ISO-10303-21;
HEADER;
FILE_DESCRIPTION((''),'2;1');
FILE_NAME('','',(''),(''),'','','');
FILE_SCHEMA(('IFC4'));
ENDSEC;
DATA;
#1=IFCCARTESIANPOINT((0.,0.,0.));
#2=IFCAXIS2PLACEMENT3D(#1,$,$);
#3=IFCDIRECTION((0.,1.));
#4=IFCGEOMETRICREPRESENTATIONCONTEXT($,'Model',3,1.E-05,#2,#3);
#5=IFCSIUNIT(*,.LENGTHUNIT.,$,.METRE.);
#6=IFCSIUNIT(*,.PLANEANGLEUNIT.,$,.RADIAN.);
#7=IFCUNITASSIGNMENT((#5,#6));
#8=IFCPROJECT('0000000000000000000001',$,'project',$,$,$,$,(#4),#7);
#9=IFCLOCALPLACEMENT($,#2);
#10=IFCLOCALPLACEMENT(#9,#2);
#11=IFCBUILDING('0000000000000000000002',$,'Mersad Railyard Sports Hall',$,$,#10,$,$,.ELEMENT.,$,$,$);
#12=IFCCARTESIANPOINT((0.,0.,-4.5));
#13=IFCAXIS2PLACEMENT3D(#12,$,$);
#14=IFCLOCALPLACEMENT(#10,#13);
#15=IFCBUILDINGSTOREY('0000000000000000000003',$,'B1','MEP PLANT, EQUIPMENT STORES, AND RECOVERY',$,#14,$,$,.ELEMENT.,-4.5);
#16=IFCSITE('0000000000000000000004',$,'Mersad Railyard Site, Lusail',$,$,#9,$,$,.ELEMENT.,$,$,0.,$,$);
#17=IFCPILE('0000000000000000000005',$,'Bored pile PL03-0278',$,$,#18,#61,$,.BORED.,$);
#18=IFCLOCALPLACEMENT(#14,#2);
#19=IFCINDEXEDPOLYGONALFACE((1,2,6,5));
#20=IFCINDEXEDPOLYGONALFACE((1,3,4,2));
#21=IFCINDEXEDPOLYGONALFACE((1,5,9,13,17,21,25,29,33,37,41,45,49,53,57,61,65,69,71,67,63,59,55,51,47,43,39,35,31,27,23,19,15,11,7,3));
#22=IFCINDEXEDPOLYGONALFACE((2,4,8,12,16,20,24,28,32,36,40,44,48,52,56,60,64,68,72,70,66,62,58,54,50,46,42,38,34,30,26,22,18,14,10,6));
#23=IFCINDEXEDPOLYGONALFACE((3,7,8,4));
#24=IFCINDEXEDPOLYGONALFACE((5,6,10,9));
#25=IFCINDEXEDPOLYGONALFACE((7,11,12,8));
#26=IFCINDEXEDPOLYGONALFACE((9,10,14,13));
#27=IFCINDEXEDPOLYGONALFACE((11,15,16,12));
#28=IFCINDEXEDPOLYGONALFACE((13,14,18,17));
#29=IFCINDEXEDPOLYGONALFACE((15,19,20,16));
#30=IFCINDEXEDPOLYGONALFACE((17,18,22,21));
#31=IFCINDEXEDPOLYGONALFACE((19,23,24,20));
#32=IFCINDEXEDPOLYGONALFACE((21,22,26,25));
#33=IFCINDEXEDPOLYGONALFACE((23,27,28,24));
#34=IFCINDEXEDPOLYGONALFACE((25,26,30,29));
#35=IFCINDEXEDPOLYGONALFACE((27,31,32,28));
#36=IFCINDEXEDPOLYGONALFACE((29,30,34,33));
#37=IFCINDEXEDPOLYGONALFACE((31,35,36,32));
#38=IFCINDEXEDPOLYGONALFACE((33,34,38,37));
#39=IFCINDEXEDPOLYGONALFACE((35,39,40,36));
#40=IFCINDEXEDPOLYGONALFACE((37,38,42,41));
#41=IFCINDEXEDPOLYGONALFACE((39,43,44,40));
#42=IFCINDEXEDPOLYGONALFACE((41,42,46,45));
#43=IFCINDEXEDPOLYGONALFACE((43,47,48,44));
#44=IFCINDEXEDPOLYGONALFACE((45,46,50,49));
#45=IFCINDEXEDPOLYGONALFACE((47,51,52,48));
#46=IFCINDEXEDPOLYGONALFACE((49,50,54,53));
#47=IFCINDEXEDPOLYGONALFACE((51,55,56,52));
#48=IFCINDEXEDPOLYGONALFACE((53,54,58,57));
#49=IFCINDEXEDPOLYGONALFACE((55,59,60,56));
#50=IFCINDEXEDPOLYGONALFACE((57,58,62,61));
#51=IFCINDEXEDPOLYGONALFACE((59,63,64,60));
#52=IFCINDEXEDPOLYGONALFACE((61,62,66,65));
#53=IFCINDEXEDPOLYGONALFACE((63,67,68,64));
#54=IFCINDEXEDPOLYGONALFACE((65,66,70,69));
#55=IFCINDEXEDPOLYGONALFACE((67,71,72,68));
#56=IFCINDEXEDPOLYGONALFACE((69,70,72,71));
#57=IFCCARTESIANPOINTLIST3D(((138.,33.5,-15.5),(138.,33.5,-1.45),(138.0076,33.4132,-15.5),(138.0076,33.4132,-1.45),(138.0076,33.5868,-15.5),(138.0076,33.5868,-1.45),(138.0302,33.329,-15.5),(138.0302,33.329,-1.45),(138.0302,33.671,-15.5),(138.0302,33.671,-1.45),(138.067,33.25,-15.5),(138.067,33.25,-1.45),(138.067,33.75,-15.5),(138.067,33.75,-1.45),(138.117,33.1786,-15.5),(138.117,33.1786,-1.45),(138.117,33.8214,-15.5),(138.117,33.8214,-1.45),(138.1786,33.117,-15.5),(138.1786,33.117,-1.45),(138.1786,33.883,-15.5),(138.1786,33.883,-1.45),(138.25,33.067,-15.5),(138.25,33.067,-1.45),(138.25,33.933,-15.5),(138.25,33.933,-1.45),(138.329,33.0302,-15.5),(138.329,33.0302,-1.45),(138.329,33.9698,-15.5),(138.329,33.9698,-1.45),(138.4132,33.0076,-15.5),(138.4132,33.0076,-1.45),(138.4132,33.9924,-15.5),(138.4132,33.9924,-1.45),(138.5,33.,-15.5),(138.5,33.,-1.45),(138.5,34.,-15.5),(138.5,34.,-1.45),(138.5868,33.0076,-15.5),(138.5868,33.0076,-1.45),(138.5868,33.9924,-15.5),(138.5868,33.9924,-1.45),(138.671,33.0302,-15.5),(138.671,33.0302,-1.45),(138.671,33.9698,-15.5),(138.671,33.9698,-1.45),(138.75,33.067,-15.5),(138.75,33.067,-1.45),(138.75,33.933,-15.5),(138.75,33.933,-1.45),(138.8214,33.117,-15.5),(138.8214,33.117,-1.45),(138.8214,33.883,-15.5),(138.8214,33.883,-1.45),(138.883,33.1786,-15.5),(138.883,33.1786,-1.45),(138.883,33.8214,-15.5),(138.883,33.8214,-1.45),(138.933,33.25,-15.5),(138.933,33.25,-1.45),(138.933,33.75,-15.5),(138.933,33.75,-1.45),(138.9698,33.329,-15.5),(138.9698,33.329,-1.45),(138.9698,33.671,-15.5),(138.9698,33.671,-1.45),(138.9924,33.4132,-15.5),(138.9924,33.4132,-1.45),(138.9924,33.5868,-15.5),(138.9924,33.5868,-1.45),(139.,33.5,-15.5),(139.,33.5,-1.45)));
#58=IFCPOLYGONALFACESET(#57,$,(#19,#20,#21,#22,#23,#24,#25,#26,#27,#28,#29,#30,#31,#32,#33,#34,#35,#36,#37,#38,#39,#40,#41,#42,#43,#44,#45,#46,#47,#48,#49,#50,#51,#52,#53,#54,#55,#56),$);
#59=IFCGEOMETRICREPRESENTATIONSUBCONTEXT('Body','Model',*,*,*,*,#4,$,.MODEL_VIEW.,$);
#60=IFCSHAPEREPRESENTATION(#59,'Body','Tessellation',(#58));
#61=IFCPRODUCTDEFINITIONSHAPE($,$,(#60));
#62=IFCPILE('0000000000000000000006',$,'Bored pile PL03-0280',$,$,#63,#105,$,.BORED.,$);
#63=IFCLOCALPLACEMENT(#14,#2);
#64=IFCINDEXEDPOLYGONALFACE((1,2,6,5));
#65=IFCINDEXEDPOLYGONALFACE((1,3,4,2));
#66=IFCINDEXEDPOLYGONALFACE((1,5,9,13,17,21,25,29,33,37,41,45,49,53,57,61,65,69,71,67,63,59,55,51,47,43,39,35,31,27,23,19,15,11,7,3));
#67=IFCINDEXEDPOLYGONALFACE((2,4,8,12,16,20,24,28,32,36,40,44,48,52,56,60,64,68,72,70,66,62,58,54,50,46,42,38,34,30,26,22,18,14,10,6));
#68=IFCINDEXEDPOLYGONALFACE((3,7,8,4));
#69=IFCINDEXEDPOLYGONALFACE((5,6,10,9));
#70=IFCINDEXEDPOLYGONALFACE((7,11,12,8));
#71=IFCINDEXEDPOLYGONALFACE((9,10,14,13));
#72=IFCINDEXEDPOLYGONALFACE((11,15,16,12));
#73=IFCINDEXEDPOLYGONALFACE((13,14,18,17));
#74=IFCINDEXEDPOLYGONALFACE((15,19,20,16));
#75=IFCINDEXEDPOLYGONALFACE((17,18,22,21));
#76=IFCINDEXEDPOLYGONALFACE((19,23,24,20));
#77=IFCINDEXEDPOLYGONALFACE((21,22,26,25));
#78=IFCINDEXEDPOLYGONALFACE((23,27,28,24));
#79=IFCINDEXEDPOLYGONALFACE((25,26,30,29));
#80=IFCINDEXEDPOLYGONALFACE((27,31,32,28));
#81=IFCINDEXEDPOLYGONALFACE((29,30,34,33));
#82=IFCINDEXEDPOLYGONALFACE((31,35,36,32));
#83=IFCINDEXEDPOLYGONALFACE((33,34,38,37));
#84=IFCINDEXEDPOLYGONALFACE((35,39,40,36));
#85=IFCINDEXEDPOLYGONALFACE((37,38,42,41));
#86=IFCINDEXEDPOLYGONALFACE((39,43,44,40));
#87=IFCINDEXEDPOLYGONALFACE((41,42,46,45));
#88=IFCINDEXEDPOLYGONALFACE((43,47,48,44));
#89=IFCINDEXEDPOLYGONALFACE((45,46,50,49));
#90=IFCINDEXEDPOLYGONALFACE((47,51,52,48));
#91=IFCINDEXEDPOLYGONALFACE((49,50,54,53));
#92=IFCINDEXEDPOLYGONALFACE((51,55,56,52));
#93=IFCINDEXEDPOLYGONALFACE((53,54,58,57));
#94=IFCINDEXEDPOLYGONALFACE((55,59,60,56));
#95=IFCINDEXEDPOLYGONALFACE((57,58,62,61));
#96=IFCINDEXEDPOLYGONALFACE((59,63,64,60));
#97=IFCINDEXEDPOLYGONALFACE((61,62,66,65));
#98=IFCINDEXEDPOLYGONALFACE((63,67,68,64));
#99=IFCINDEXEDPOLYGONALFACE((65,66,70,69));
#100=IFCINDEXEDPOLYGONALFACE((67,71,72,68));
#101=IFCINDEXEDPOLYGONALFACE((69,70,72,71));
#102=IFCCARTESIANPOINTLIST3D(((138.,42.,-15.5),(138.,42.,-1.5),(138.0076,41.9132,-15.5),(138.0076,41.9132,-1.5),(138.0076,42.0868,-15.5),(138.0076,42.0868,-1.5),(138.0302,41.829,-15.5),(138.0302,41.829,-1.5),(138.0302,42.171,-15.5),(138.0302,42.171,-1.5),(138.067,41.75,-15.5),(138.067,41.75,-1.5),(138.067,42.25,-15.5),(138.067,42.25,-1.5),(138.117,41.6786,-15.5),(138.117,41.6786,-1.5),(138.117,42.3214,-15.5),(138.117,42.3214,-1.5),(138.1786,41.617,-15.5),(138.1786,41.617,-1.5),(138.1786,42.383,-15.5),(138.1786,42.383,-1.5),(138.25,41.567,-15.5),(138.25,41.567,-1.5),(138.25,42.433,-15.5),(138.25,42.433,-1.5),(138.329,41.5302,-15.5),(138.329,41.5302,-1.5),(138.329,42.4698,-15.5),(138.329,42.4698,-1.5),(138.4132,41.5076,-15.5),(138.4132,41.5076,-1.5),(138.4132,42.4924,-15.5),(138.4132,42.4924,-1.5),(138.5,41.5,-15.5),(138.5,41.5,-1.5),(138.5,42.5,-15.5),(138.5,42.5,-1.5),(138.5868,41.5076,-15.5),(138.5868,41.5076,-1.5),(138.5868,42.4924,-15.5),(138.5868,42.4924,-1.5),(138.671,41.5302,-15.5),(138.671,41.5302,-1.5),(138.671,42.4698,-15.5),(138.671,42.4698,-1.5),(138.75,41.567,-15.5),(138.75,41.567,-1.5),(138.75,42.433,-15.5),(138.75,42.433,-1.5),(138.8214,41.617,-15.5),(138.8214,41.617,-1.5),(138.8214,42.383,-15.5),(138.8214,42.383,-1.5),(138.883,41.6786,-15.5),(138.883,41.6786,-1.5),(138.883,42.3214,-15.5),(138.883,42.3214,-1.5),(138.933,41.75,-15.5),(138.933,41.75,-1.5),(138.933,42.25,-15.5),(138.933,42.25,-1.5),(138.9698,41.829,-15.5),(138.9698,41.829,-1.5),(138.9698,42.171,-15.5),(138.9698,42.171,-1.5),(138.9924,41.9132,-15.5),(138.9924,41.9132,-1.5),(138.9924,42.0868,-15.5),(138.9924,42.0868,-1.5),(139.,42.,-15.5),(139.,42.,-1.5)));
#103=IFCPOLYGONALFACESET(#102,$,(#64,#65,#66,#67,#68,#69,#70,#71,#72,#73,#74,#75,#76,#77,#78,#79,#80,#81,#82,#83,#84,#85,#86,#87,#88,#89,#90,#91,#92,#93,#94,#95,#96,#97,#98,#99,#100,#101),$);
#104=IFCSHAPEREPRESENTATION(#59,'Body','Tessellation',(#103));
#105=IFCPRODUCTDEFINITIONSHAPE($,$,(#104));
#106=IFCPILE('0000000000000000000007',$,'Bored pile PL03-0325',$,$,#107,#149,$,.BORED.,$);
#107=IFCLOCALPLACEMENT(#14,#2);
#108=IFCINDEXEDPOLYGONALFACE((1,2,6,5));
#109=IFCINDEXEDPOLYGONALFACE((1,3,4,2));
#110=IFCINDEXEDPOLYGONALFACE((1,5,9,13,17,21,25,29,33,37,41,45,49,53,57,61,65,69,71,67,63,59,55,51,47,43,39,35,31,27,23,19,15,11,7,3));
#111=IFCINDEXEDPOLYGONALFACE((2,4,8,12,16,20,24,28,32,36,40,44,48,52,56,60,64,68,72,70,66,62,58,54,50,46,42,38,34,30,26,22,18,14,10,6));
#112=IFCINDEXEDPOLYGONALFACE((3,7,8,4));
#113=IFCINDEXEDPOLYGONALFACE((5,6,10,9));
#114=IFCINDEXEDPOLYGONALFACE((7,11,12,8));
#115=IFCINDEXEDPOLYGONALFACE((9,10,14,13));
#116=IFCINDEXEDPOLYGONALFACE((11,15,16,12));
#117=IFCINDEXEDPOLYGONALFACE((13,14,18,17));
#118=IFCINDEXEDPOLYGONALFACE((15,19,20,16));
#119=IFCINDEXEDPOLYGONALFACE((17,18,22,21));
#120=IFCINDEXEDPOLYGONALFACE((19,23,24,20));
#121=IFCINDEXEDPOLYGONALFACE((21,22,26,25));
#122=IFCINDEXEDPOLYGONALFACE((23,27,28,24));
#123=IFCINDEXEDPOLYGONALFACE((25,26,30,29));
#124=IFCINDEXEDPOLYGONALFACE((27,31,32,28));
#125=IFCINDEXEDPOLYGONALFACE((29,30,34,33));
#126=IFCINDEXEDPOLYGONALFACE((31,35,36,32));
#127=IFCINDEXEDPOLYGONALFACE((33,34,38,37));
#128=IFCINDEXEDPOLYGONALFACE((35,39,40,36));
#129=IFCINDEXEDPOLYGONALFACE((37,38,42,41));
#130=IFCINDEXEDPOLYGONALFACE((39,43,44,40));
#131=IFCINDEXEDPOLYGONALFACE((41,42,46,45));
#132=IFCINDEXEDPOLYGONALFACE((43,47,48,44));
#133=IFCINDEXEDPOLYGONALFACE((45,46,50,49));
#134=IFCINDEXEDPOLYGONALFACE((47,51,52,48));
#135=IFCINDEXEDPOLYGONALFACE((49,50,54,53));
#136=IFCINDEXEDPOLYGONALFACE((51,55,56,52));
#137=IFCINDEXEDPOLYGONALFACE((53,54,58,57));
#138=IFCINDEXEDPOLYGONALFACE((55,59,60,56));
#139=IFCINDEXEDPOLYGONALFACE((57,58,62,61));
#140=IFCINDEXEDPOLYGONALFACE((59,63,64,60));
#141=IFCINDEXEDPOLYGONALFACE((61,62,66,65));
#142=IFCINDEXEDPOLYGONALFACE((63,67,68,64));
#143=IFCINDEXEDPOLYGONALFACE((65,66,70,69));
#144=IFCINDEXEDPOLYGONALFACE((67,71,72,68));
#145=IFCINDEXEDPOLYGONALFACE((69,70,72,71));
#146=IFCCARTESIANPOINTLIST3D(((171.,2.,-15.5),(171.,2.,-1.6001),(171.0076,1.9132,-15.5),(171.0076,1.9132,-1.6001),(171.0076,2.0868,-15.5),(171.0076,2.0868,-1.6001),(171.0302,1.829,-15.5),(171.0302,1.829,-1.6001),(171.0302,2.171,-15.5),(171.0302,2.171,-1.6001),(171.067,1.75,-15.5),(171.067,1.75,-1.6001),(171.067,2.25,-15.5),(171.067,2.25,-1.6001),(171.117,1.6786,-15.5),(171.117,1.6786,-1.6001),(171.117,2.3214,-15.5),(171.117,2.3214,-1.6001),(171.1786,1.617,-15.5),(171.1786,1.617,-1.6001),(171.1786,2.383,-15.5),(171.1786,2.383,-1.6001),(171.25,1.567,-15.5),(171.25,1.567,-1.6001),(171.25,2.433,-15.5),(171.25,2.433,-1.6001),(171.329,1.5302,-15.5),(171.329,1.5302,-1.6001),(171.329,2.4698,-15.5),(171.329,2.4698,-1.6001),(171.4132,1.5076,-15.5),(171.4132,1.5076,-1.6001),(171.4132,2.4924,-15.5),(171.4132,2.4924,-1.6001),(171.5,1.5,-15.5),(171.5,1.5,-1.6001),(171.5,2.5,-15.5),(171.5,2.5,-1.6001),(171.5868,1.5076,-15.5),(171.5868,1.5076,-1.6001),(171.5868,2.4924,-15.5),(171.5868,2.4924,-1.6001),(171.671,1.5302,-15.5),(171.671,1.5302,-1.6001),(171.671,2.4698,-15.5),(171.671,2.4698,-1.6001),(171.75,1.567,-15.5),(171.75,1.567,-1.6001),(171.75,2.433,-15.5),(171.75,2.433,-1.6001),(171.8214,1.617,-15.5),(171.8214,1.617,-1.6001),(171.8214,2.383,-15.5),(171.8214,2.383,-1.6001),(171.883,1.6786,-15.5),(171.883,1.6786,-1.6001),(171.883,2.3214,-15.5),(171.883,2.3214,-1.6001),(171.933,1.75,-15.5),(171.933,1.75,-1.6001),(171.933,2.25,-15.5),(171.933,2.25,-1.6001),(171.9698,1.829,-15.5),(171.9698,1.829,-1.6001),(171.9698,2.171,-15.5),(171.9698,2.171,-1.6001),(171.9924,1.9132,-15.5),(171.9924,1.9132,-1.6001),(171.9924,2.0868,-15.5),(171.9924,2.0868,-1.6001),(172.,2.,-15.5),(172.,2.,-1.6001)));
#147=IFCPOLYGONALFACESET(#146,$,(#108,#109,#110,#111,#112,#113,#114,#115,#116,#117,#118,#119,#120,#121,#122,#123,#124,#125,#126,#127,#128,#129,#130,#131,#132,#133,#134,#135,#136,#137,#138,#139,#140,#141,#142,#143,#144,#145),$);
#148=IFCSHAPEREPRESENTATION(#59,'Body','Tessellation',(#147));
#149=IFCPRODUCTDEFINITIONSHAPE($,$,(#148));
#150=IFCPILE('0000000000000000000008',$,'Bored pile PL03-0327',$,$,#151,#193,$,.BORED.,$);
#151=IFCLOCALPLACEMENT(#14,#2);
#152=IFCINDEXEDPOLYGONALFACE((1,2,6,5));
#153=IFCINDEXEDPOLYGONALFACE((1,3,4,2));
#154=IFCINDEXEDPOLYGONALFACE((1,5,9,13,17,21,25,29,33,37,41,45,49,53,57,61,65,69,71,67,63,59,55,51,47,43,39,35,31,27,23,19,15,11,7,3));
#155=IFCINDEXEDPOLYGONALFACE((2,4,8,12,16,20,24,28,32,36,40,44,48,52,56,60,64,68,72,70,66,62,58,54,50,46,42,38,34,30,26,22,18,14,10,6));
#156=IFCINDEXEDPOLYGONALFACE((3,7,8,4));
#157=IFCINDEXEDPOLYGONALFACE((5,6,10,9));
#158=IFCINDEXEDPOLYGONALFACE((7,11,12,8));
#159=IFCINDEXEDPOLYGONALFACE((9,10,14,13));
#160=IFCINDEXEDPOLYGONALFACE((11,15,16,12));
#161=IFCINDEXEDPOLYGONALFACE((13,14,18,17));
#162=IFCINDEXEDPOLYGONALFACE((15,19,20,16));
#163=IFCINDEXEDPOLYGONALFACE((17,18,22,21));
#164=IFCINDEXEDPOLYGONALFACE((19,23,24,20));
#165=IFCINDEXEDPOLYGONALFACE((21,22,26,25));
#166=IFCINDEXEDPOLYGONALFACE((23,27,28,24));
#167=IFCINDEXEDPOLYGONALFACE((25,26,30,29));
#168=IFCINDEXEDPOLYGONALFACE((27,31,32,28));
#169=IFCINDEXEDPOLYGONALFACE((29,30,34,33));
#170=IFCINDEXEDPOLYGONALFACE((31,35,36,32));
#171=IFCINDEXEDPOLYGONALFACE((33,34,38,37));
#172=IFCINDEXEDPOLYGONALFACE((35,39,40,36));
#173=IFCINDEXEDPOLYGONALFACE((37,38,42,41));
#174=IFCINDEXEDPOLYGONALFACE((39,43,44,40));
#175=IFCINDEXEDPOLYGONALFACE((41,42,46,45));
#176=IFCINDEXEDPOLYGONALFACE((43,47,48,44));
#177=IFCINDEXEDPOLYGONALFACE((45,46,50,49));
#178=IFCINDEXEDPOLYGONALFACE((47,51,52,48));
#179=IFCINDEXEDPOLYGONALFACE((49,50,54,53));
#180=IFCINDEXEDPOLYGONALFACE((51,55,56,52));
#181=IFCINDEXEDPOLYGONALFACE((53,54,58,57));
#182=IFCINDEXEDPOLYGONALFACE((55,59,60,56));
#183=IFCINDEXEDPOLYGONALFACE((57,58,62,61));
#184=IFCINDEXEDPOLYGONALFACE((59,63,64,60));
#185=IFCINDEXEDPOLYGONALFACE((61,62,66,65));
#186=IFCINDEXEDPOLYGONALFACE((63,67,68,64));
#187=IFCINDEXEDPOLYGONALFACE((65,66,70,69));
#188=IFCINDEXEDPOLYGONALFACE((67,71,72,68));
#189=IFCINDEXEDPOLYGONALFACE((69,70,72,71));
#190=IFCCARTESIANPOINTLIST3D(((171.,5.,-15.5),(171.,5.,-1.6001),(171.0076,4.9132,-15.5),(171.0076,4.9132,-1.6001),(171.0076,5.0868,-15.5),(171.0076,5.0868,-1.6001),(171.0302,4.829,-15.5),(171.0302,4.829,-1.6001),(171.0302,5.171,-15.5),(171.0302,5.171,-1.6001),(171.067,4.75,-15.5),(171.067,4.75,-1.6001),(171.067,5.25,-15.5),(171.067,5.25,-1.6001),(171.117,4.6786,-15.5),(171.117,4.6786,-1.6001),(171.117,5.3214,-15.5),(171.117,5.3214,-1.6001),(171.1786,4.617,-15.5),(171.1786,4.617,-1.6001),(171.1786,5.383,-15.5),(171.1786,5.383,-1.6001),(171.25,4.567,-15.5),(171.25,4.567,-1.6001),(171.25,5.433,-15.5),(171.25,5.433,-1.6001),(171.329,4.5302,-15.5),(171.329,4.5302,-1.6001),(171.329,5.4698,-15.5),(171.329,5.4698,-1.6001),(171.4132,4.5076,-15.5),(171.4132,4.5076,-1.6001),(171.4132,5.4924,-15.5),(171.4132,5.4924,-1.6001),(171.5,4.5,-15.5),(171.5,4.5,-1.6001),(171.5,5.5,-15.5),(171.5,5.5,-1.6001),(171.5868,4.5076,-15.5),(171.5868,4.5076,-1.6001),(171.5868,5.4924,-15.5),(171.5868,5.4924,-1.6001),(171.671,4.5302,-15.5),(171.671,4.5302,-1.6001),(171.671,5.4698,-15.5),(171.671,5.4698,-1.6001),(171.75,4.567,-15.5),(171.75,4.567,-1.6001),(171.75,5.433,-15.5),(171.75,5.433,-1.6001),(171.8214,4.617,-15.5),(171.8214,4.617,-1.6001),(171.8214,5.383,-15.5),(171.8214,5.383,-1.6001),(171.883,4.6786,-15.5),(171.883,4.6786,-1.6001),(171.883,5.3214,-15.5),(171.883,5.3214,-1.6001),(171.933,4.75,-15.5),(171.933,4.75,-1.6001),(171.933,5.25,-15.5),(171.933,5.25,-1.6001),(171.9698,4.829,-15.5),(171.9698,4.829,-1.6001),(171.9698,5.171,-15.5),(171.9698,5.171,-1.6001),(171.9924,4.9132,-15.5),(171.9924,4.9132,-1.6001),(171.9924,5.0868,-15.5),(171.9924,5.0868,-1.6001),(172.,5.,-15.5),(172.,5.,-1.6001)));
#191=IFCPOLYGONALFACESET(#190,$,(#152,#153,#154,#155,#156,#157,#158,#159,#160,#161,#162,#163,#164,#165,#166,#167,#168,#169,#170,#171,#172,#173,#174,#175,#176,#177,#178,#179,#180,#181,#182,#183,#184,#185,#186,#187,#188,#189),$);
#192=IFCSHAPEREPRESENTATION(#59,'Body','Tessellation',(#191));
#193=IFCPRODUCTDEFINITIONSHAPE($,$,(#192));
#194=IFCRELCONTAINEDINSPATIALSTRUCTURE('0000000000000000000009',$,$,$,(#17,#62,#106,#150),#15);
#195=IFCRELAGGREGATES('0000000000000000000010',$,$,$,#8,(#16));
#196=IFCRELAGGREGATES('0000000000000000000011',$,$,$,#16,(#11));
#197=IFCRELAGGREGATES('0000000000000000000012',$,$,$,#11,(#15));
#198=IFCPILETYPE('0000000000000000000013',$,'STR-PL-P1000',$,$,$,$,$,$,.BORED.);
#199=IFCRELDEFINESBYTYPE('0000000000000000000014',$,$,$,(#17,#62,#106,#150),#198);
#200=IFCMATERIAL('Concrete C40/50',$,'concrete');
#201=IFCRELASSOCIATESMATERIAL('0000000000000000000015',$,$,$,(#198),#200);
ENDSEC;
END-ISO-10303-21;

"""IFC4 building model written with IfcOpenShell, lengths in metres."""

from ifc_helpers import new_model, si_unit, direction, frame, origin, origin_2d, place, context, subcontext, project, spatial, circle, extrude, material, material_profile, profile_set, type_object, element, save


model = new_model("IFC4")

# Units and contexts
model_context = context("Model", 3, precision=1e-05, world=origin(), true_north=direction((0.0, 1.0)))
body_context = subcontext(model_context, "Body", "Model", "MODEL_VIEW")
ifc_project = project(units=[si_unit("LENGTHUNIT", "METRE"), si_unit("PLANEANGLEUNIT", "RADIAN")], contexts=[model_context])

# Site, building, storey
site_placement = place(None, origin())
site = spatial("IfcSite", under=ifc_project, at=site_placement, Name="Mersad Railyard Site, Lusail", CompositionType="ELEMENT", RefElevation=0.0)
building_placement = place(site_placement, origin())
building = spatial("IfcBuilding", under=site, at=building_placement, Name="Mersad Railyard Sports Hall", CompositionType="ELEMENT")
storey_placement = place(building_placement, frame((0.0, 0.0, -4.5)))
storey = spatial("IfcBuildingStorey", under=building, at=storey_placement, Name="B1", Description="MEP PLANT, EQUIPMENT STORES, AND RECOVERY", CompositionType="ELEMENT", Elevation=-4.5)

# Shared definitions
ifc_material_1 = material(Name="Concrete C40/50", Category="concrete")

# Piles
ifc_material_profile_1 = material_profile(ifc_material_1, circle(Radius=0.5, at=origin_2d()), Name="BORED PILE D1000")
ifc_profile_set_1 = profile_set([ifc_material_profile_1], Name="Concrete C40/50")
pile_type = type_object("IfcPileType", Name="STR-PL-P1000", PredefinedType="BORED", material=ifc_profile_set_1)
pile_1_placement = place(storey_placement, frame((138.5, 33.5, -1.45), z_axis=(0.0, 0.0, -1.0), x_axis=(1.0, 0.0, 0.0)))
element("IfcPile", 1, at=pile_1_placement, inside=storey, type_object=pile_type, Name="Bored pile PL03-0278", PredefinedType="BORED", context=body_context, shape_type="SweptSolid", body=[
    extrude(circle(Radius=0.5, at=origin_2d()), origin(), (0.0, 0.0, 1.0), 14.05),
])
pile_2_placement = place(storey_placement, frame((138.5, 42.0, -1.5), z_axis=(0.0, 0.0, -1.0), x_axis=(1.0, 0.0, 0.0)))
element("IfcPile", 2, at=pile_2_placement, inside=storey, type_object=pile_type, Name="Bored pile PL03-0280", PredefinedType="BORED", context=body_context, shape_type="SweptSolid", body=[
    extrude(circle(Radius=0.5, at=origin_2d()), origin(), (0.0, 0.0, 1.0), 14.0),
])
for number, where, z_axis, x_axis, name in (
    (3, (171.5, 2.0, -1.6001), (0.0, 0.0, -1.0), (1.0, 0.0, 0.0), "Bored pile PL03-0325"),
    (4, (171.5, 5.0, -1.6001), (0.0, 0.0, -1.0), (1.0, 0.0, 0.0), "Bored pile PL03-0327"),
):
    element("IfcPile", number, at=place(storey_placement, frame(where, z_axis=z_axis, x_axis=x_axis)), inside=storey, type_object=pile_type, Name=name, PredefinedType="BORED", context=body_context, shape_type="SweptSolid", body=[
        extrude(circle(Radius=0.5, at=origin_2d()), origin(), (0.0, 0.0, 1.0), 13.8999),
    ])

save(model, "model.ifc")
